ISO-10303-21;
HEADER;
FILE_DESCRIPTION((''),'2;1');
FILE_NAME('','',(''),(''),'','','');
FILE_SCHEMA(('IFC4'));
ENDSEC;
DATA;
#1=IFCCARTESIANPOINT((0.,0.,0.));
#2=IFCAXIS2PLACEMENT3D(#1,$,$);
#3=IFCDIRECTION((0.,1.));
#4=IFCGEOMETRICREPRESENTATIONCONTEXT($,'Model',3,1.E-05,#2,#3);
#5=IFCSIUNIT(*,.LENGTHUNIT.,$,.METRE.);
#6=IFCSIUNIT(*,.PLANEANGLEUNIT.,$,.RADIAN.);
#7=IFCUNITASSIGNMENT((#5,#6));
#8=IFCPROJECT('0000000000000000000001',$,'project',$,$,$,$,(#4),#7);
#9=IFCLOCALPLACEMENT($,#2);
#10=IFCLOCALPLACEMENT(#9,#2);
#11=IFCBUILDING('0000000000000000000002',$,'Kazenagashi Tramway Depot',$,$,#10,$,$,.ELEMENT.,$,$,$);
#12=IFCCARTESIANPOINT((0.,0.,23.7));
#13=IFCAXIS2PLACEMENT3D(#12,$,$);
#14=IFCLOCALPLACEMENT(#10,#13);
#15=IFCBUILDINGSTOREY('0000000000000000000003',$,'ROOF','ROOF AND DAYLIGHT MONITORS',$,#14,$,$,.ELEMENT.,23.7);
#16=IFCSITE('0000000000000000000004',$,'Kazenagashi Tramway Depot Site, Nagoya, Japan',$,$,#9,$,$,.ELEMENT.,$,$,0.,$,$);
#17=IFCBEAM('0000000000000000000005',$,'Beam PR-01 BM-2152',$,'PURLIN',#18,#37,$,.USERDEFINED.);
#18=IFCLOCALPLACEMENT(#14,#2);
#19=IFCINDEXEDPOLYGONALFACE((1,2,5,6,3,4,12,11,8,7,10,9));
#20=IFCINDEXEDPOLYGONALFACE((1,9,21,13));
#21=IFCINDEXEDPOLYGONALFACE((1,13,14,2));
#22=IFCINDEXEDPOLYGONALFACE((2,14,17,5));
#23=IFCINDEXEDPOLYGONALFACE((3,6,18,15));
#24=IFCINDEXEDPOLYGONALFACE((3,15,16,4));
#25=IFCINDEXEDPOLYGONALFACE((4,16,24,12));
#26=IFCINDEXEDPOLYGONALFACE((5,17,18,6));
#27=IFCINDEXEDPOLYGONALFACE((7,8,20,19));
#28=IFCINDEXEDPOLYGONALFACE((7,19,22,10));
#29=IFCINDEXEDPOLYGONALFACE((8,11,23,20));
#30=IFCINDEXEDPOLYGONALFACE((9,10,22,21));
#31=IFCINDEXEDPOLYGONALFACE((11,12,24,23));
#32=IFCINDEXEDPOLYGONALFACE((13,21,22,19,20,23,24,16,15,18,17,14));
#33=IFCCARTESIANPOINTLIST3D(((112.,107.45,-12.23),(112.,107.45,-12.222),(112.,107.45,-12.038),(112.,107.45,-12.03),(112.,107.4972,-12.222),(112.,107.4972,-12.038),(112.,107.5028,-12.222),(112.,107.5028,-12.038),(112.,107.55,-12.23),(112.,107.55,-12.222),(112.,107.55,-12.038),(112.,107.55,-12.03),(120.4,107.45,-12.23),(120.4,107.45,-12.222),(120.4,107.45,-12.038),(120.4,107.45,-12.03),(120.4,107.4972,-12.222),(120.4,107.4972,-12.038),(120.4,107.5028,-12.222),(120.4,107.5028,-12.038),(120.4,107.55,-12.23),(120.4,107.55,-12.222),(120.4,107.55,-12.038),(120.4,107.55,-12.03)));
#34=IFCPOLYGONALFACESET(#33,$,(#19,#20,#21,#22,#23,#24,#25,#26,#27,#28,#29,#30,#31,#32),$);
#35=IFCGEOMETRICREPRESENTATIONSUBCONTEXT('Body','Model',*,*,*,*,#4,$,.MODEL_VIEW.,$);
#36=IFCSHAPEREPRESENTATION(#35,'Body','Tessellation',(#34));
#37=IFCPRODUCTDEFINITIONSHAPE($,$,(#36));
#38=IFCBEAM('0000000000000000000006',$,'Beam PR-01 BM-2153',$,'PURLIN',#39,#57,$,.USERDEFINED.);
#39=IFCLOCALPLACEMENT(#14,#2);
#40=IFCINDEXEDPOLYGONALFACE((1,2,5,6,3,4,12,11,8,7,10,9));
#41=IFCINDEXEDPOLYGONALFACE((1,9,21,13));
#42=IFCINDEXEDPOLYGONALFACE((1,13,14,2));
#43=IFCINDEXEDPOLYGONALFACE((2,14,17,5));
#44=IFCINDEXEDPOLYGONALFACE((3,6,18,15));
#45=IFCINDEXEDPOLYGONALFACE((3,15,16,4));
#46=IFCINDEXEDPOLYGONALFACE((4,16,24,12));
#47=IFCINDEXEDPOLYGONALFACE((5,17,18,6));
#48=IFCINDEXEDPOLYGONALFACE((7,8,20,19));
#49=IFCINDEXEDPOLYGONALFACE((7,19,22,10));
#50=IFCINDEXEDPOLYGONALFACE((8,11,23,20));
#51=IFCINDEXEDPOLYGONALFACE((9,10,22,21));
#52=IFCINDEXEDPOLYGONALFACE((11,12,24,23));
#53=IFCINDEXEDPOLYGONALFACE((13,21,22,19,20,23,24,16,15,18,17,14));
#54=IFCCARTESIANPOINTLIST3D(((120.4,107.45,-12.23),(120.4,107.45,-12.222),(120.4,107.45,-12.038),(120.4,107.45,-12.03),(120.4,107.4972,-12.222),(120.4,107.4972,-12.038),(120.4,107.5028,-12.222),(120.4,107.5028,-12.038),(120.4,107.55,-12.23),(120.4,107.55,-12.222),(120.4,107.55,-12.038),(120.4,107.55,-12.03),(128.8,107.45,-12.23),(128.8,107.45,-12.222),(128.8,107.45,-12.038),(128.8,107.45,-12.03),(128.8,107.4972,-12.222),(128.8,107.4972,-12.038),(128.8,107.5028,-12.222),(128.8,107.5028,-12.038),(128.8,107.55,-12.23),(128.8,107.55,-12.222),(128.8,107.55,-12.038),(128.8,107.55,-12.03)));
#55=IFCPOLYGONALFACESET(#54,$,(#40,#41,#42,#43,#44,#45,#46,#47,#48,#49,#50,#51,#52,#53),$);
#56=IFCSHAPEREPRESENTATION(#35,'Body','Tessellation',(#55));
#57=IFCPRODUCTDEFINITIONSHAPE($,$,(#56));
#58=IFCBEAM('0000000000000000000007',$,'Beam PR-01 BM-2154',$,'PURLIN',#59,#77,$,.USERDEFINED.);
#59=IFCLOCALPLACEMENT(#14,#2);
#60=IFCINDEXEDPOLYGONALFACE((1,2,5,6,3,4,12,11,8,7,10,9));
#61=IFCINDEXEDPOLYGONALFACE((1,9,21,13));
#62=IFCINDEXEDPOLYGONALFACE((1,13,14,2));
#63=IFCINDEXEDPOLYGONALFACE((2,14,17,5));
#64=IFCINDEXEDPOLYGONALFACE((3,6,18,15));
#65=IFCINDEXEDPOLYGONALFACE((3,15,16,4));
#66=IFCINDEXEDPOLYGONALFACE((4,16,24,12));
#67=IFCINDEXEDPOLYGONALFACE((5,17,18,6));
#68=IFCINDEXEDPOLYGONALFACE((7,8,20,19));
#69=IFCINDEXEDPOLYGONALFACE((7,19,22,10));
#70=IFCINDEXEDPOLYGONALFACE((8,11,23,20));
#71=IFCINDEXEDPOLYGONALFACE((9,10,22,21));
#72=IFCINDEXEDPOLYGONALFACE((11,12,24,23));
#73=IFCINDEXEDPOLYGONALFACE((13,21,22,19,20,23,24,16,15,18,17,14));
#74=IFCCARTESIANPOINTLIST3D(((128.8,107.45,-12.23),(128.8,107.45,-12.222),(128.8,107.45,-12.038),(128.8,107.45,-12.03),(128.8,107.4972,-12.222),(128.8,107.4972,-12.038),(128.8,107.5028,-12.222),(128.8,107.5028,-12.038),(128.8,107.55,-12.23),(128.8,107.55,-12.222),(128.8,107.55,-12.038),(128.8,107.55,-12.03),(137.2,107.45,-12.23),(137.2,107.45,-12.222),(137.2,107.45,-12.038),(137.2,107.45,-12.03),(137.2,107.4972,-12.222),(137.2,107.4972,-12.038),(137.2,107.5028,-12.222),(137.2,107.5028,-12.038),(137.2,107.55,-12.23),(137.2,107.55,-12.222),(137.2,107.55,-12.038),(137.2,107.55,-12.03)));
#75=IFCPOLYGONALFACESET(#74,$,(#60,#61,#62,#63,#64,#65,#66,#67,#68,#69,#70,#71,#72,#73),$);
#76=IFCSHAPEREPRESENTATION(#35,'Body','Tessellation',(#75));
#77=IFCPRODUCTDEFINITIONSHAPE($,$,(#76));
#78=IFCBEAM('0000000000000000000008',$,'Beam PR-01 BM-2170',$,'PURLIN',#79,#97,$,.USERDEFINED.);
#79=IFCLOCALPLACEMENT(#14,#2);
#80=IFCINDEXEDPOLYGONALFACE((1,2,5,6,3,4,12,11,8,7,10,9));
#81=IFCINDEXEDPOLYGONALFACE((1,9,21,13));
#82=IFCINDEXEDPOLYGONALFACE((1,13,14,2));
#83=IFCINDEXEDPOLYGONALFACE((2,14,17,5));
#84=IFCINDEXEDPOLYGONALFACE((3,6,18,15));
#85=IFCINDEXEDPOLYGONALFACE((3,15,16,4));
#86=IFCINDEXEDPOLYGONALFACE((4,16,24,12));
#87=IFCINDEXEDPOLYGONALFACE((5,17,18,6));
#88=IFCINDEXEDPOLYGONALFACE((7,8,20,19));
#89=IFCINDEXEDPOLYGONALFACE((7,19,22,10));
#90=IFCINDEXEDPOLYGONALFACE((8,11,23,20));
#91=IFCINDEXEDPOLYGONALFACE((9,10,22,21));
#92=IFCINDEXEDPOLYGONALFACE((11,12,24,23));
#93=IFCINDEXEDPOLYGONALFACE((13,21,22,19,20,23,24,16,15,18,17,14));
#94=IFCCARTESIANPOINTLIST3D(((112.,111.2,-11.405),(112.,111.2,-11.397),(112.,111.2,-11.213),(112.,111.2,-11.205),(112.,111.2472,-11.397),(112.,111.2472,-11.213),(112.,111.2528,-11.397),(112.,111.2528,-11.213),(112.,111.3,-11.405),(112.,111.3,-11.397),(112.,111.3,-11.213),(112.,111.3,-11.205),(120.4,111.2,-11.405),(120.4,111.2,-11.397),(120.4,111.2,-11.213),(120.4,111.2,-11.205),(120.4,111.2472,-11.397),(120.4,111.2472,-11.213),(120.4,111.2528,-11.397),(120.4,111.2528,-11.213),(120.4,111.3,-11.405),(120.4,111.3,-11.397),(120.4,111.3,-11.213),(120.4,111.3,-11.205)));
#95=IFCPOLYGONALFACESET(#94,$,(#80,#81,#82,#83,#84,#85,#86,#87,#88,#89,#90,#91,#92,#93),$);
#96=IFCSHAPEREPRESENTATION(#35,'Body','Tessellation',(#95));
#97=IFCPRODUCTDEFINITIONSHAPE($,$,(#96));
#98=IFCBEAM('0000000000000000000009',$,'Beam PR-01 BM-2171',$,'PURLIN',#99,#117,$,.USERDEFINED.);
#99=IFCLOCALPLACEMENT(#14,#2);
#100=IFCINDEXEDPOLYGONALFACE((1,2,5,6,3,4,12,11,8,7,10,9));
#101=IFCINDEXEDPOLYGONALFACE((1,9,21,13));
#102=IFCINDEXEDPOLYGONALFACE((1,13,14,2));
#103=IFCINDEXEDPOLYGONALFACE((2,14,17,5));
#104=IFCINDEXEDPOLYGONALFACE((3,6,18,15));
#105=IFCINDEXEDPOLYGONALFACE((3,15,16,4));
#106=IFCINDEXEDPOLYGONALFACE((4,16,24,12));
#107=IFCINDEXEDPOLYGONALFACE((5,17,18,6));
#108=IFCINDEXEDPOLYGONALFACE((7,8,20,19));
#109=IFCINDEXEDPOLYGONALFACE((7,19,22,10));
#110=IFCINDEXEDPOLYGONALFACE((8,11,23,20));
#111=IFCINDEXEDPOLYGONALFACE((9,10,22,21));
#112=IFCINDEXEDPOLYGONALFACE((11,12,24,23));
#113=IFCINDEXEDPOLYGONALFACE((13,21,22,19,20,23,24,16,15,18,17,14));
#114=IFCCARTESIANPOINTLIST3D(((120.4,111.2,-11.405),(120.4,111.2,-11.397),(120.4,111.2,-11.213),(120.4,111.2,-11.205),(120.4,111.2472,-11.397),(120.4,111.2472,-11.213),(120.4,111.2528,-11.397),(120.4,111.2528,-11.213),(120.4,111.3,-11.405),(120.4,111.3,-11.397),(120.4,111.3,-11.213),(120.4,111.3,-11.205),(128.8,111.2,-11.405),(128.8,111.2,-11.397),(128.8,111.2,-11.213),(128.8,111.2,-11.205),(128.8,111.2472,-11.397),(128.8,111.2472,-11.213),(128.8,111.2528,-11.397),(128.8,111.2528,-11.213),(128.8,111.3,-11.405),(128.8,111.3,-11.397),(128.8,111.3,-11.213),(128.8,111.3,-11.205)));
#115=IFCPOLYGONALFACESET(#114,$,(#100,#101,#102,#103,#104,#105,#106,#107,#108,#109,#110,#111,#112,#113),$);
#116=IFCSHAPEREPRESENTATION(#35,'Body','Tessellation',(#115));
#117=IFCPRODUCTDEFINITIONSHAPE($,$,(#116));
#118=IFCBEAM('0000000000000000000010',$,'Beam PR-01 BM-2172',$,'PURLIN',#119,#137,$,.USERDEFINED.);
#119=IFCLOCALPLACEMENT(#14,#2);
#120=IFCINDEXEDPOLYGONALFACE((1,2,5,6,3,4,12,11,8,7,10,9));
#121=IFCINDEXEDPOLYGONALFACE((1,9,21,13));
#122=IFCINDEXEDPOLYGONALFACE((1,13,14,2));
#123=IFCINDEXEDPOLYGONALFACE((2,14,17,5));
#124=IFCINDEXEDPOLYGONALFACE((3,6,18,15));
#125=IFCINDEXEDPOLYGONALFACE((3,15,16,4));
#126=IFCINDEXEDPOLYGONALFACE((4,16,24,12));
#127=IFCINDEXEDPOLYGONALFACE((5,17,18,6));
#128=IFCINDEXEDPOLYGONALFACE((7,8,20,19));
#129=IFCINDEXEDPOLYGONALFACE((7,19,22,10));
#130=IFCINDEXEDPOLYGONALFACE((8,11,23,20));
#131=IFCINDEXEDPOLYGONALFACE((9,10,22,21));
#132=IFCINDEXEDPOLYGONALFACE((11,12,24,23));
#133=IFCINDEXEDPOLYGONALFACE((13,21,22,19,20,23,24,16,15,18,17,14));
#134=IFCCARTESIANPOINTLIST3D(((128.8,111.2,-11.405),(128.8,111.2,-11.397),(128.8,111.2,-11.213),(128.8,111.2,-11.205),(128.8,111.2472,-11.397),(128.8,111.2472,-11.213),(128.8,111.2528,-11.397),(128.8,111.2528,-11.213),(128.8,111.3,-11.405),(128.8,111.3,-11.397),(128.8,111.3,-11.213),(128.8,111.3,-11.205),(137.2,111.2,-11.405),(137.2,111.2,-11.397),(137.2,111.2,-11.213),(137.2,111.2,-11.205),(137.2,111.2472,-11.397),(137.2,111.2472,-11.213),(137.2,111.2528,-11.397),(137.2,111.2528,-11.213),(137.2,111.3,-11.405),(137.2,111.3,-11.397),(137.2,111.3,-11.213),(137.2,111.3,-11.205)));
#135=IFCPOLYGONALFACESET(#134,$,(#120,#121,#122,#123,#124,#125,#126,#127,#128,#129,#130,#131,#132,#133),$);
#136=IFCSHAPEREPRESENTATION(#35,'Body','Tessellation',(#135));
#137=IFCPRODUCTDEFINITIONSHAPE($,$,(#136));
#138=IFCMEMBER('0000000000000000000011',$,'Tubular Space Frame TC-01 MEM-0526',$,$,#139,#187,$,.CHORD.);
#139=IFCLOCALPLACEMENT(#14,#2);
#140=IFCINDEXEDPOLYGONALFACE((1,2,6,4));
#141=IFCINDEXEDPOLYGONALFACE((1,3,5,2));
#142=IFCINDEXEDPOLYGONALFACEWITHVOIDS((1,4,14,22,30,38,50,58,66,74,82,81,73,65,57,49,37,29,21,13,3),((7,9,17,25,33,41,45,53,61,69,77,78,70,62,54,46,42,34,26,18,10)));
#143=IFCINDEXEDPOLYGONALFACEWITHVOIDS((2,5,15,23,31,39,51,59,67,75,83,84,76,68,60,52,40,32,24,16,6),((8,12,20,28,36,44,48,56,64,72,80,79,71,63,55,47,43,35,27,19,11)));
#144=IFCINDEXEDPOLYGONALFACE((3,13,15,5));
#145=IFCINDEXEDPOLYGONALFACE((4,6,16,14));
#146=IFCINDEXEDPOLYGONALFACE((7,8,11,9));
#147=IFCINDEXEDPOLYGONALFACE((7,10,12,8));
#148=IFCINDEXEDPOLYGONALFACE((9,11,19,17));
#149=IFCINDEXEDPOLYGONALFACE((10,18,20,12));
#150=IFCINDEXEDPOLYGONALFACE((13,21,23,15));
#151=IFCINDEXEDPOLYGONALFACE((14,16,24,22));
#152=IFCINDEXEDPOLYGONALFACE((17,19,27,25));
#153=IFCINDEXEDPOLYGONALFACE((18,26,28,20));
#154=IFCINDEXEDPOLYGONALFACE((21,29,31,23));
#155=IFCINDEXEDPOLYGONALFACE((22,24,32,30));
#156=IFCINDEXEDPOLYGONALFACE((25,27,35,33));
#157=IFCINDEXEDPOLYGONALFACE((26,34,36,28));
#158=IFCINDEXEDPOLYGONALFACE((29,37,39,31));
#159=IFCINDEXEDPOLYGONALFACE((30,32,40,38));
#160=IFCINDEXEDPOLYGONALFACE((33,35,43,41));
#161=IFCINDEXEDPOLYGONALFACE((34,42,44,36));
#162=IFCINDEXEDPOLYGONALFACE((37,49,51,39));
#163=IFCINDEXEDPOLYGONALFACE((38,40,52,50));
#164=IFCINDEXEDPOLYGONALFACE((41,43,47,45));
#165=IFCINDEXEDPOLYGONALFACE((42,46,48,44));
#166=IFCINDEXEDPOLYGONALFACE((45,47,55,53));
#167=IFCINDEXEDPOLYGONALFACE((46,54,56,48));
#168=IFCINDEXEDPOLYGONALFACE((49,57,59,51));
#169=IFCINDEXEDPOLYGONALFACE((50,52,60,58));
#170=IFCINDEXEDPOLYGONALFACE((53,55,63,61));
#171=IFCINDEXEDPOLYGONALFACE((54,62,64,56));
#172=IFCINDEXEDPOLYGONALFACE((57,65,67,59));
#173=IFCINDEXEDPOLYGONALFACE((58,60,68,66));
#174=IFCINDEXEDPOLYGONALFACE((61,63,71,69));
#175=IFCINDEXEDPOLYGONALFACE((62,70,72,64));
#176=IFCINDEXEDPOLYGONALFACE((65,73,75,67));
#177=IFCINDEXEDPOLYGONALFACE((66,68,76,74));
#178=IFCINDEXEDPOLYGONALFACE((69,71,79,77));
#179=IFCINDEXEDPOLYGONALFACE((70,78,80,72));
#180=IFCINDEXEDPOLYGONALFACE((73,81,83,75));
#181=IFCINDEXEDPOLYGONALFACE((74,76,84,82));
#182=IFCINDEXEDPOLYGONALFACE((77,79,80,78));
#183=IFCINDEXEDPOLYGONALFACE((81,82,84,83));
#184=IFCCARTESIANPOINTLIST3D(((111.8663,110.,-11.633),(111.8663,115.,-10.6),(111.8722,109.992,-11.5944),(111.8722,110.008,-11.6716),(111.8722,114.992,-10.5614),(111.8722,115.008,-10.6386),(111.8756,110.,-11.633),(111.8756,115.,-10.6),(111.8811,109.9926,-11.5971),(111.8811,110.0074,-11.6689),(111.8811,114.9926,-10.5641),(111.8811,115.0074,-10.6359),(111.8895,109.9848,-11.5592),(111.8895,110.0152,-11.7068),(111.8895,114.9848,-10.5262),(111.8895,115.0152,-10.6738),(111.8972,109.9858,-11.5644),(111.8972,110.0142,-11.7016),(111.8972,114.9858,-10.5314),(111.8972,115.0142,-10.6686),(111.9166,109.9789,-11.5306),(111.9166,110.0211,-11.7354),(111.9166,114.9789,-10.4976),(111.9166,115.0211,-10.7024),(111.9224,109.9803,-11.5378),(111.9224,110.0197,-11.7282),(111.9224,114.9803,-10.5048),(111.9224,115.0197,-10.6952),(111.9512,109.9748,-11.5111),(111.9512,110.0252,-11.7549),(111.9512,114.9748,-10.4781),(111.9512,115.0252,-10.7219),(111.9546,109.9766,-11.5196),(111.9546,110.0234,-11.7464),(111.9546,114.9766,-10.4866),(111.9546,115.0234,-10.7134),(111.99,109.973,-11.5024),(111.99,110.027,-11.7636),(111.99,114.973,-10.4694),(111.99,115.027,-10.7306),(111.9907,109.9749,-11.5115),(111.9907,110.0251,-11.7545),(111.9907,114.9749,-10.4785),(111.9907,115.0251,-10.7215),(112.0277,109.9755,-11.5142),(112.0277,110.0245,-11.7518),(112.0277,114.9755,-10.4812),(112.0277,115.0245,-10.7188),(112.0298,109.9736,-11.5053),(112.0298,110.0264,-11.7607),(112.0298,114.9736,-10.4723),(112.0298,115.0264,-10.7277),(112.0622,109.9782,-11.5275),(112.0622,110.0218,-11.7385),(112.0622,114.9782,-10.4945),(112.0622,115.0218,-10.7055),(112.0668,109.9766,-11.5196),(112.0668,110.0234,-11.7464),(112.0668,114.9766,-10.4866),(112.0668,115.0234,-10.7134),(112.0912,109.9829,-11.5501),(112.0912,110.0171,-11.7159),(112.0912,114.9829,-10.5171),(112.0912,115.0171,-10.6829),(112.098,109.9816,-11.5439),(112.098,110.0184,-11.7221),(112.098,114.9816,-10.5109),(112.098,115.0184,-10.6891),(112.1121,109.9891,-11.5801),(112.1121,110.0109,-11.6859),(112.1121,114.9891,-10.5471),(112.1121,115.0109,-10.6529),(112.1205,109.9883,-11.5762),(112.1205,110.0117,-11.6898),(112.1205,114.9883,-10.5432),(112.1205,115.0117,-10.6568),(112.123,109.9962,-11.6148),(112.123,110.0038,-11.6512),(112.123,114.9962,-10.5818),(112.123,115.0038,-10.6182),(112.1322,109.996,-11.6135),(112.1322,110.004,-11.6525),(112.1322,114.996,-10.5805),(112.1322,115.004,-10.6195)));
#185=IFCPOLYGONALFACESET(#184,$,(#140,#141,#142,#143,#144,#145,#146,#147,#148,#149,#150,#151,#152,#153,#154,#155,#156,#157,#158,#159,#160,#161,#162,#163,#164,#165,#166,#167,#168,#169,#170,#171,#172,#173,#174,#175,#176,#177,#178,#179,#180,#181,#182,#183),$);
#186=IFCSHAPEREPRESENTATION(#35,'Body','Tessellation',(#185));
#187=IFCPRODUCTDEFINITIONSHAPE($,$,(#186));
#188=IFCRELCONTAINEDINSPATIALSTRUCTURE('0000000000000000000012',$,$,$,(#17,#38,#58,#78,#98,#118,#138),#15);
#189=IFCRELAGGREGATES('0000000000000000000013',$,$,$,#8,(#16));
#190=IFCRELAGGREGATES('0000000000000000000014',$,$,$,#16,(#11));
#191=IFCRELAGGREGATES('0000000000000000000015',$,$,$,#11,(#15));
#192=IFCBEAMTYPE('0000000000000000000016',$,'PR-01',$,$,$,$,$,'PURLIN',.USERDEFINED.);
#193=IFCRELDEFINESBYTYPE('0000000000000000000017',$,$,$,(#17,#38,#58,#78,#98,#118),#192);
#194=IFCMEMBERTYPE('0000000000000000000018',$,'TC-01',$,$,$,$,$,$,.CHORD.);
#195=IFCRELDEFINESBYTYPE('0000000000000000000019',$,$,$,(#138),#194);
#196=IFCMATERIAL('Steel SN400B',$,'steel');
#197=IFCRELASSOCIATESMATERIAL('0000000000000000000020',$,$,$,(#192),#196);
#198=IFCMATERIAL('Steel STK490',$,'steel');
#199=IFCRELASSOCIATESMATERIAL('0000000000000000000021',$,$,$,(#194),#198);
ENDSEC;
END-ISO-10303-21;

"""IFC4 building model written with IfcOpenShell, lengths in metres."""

from ifc_helpers import new_model, si_unit, direction, frame, origin, origin_2d, place, context, subcontext, project, spatial, hollow_circle, i_section, extrude, material, material_profile, profile_set, type_object, element, save


model = new_model("IFC4")

# Units and contexts
model_context = context("Model", 3, precision=1e-05, world=origin(), true_north=direction((0.0, 1.0)))
body_context = subcontext(model_context, "Body", "Model", "MODEL_VIEW")
ifc_project = project(units=[si_unit("LENGTHUNIT", "METRE"), si_unit("PLANEANGLEUNIT", "RADIAN")], contexts=[model_context])

# Site, building, storey
site_placement = place(None, origin())
site = spatial("IfcSite", under=ifc_project, at=site_placement, Name="Kazenagashi Tramway Depot Site, Nagoya, Japan", CompositionType="ELEMENT", RefElevation=0.0)
building_placement = place(site_placement, origin())
building = spatial("IfcBuilding", under=site, at=building_placement, Name="Kazenagashi Tramway Depot", CompositionType="ELEMENT")
storey_placement = place(building_placement, frame((0.0, 0.0, 23.7)))
storey = spatial("IfcBuildingStorey", under=building, at=storey_placement, Name="ROOF", Description="ROOF AND DAYLIGHT MONITORS", CompositionType="ELEMENT", Elevation=23.7)

# Beams
ifc_material_1 = material(Name="Steel SN400B", Category="steel")
ifc_material_profile_1 = material_profile(ifc_material_1, i_section(OverallWidth=0.1, OverallDepth=0.2, WebThickness=0.0055, FlangeThickness=0.008, at=origin_2d()), Name="H-200x100x5.5x8")
ifc_profile_set_1 = profile_set([ifc_material_profile_1], Name="Steel SN400B")
beam_type = type_object("IfcBeamType", Name="PR-01", ElementType="PURLIN", PredefinedType="USERDEFINED", material=ifc_profile_set_1)
for number, where, z_axis, x_axis, name in (
    (1, (112.0, 107.5, -12.13), (1.0, 0.0, 0.0), (0.0, 1.0, 0.0), "Beam PR-01 BM-2152"),
    (2, (120.4, 107.5, -12.13), (1.0, 0.0, 0.0), (0.0, 1.0, 0.0), "Beam PR-01 BM-2153"),
    (3, (128.8, 107.5, -12.13), (1.0, 0.0, 0.0), (0.0, 1.0, 0.0), "Beam PR-01 BM-2154"),
    (4, (112.0, 111.25, -11.305), (1.0, 0.0, 0.0), (0.0, 1.0, 0.0), "Beam PR-01 BM-2170"),
    (5, (120.4, 111.25, -11.305), (1.0, 0.0, 0.0), (0.0, 1.0, 0.0), "Beam PR-01 BM-2171"),
    (6, (128.8, 111.25, -11.305), (1.0, 0.0, 0.0), (0.0, 1.0, 0.0), "Beam PR-01 BM-2172"),
):
    element("IfcBeam", number, at=place(storey_placement, frame(where, z_axis=z_axis, x_axis=x_axis)), inside=storey, type_object=beam_type, Name=name, ObjectType="PURLIN", PredefinedType="USERDEFINED", context=body_context, shape_type="SweptSolid", body=[
        extrude(i_section(OverallWidth=0.1, OverallDepth=0.2, WebThickness=0.0055, FlangeThickness=0.008, at=origin_2d()), origin(), (0.0, 0.0, 1.0), 8.4),
    ])

# Member
ifc_material_2 = material(Name="Steel STK490", Category="steel")
ifc_material_profile_2 = material_profile(ifc_material_2, hollow_circle(Radius=0.1337, WallThickness=0.0093, at=origin_2d()), Name="CHS-267.4x9.3")
ifc_profile_set_2 = profile_set([ifc_material_profile_2], Name="Steel STK490")
member_type_1 = type_object("IfcMemberType", Name="TC-01", PredefinedType="CHORD", material=ifc_profile_set_2)
for number, where, z_axis, x_axis, name in (
    (7, (112.0, 110.0, -11.633), (0.0, 0.979318, 0.202327), (-1.0, 0.0, 0.0), "Tubular Space Frame TC-01 MEM-0526"),
):
    element("IfcMember", number, at=place(storey_placement, frame(where, z_axis=z_axis, x_axis=x_axis)), inside=storey, type_object=member_type_1, Name=name, PredefinedType="CHORD", context=body_context, shape_type="SweptSolid", body=[
        extrude(hollow_circle(Radius=0.1337, WallThickness=0.0093, at=origin_2d()), origin(), (0.0, 0.0, 1.0), 5.1056),
    ])

save(model, "model.ifc")
